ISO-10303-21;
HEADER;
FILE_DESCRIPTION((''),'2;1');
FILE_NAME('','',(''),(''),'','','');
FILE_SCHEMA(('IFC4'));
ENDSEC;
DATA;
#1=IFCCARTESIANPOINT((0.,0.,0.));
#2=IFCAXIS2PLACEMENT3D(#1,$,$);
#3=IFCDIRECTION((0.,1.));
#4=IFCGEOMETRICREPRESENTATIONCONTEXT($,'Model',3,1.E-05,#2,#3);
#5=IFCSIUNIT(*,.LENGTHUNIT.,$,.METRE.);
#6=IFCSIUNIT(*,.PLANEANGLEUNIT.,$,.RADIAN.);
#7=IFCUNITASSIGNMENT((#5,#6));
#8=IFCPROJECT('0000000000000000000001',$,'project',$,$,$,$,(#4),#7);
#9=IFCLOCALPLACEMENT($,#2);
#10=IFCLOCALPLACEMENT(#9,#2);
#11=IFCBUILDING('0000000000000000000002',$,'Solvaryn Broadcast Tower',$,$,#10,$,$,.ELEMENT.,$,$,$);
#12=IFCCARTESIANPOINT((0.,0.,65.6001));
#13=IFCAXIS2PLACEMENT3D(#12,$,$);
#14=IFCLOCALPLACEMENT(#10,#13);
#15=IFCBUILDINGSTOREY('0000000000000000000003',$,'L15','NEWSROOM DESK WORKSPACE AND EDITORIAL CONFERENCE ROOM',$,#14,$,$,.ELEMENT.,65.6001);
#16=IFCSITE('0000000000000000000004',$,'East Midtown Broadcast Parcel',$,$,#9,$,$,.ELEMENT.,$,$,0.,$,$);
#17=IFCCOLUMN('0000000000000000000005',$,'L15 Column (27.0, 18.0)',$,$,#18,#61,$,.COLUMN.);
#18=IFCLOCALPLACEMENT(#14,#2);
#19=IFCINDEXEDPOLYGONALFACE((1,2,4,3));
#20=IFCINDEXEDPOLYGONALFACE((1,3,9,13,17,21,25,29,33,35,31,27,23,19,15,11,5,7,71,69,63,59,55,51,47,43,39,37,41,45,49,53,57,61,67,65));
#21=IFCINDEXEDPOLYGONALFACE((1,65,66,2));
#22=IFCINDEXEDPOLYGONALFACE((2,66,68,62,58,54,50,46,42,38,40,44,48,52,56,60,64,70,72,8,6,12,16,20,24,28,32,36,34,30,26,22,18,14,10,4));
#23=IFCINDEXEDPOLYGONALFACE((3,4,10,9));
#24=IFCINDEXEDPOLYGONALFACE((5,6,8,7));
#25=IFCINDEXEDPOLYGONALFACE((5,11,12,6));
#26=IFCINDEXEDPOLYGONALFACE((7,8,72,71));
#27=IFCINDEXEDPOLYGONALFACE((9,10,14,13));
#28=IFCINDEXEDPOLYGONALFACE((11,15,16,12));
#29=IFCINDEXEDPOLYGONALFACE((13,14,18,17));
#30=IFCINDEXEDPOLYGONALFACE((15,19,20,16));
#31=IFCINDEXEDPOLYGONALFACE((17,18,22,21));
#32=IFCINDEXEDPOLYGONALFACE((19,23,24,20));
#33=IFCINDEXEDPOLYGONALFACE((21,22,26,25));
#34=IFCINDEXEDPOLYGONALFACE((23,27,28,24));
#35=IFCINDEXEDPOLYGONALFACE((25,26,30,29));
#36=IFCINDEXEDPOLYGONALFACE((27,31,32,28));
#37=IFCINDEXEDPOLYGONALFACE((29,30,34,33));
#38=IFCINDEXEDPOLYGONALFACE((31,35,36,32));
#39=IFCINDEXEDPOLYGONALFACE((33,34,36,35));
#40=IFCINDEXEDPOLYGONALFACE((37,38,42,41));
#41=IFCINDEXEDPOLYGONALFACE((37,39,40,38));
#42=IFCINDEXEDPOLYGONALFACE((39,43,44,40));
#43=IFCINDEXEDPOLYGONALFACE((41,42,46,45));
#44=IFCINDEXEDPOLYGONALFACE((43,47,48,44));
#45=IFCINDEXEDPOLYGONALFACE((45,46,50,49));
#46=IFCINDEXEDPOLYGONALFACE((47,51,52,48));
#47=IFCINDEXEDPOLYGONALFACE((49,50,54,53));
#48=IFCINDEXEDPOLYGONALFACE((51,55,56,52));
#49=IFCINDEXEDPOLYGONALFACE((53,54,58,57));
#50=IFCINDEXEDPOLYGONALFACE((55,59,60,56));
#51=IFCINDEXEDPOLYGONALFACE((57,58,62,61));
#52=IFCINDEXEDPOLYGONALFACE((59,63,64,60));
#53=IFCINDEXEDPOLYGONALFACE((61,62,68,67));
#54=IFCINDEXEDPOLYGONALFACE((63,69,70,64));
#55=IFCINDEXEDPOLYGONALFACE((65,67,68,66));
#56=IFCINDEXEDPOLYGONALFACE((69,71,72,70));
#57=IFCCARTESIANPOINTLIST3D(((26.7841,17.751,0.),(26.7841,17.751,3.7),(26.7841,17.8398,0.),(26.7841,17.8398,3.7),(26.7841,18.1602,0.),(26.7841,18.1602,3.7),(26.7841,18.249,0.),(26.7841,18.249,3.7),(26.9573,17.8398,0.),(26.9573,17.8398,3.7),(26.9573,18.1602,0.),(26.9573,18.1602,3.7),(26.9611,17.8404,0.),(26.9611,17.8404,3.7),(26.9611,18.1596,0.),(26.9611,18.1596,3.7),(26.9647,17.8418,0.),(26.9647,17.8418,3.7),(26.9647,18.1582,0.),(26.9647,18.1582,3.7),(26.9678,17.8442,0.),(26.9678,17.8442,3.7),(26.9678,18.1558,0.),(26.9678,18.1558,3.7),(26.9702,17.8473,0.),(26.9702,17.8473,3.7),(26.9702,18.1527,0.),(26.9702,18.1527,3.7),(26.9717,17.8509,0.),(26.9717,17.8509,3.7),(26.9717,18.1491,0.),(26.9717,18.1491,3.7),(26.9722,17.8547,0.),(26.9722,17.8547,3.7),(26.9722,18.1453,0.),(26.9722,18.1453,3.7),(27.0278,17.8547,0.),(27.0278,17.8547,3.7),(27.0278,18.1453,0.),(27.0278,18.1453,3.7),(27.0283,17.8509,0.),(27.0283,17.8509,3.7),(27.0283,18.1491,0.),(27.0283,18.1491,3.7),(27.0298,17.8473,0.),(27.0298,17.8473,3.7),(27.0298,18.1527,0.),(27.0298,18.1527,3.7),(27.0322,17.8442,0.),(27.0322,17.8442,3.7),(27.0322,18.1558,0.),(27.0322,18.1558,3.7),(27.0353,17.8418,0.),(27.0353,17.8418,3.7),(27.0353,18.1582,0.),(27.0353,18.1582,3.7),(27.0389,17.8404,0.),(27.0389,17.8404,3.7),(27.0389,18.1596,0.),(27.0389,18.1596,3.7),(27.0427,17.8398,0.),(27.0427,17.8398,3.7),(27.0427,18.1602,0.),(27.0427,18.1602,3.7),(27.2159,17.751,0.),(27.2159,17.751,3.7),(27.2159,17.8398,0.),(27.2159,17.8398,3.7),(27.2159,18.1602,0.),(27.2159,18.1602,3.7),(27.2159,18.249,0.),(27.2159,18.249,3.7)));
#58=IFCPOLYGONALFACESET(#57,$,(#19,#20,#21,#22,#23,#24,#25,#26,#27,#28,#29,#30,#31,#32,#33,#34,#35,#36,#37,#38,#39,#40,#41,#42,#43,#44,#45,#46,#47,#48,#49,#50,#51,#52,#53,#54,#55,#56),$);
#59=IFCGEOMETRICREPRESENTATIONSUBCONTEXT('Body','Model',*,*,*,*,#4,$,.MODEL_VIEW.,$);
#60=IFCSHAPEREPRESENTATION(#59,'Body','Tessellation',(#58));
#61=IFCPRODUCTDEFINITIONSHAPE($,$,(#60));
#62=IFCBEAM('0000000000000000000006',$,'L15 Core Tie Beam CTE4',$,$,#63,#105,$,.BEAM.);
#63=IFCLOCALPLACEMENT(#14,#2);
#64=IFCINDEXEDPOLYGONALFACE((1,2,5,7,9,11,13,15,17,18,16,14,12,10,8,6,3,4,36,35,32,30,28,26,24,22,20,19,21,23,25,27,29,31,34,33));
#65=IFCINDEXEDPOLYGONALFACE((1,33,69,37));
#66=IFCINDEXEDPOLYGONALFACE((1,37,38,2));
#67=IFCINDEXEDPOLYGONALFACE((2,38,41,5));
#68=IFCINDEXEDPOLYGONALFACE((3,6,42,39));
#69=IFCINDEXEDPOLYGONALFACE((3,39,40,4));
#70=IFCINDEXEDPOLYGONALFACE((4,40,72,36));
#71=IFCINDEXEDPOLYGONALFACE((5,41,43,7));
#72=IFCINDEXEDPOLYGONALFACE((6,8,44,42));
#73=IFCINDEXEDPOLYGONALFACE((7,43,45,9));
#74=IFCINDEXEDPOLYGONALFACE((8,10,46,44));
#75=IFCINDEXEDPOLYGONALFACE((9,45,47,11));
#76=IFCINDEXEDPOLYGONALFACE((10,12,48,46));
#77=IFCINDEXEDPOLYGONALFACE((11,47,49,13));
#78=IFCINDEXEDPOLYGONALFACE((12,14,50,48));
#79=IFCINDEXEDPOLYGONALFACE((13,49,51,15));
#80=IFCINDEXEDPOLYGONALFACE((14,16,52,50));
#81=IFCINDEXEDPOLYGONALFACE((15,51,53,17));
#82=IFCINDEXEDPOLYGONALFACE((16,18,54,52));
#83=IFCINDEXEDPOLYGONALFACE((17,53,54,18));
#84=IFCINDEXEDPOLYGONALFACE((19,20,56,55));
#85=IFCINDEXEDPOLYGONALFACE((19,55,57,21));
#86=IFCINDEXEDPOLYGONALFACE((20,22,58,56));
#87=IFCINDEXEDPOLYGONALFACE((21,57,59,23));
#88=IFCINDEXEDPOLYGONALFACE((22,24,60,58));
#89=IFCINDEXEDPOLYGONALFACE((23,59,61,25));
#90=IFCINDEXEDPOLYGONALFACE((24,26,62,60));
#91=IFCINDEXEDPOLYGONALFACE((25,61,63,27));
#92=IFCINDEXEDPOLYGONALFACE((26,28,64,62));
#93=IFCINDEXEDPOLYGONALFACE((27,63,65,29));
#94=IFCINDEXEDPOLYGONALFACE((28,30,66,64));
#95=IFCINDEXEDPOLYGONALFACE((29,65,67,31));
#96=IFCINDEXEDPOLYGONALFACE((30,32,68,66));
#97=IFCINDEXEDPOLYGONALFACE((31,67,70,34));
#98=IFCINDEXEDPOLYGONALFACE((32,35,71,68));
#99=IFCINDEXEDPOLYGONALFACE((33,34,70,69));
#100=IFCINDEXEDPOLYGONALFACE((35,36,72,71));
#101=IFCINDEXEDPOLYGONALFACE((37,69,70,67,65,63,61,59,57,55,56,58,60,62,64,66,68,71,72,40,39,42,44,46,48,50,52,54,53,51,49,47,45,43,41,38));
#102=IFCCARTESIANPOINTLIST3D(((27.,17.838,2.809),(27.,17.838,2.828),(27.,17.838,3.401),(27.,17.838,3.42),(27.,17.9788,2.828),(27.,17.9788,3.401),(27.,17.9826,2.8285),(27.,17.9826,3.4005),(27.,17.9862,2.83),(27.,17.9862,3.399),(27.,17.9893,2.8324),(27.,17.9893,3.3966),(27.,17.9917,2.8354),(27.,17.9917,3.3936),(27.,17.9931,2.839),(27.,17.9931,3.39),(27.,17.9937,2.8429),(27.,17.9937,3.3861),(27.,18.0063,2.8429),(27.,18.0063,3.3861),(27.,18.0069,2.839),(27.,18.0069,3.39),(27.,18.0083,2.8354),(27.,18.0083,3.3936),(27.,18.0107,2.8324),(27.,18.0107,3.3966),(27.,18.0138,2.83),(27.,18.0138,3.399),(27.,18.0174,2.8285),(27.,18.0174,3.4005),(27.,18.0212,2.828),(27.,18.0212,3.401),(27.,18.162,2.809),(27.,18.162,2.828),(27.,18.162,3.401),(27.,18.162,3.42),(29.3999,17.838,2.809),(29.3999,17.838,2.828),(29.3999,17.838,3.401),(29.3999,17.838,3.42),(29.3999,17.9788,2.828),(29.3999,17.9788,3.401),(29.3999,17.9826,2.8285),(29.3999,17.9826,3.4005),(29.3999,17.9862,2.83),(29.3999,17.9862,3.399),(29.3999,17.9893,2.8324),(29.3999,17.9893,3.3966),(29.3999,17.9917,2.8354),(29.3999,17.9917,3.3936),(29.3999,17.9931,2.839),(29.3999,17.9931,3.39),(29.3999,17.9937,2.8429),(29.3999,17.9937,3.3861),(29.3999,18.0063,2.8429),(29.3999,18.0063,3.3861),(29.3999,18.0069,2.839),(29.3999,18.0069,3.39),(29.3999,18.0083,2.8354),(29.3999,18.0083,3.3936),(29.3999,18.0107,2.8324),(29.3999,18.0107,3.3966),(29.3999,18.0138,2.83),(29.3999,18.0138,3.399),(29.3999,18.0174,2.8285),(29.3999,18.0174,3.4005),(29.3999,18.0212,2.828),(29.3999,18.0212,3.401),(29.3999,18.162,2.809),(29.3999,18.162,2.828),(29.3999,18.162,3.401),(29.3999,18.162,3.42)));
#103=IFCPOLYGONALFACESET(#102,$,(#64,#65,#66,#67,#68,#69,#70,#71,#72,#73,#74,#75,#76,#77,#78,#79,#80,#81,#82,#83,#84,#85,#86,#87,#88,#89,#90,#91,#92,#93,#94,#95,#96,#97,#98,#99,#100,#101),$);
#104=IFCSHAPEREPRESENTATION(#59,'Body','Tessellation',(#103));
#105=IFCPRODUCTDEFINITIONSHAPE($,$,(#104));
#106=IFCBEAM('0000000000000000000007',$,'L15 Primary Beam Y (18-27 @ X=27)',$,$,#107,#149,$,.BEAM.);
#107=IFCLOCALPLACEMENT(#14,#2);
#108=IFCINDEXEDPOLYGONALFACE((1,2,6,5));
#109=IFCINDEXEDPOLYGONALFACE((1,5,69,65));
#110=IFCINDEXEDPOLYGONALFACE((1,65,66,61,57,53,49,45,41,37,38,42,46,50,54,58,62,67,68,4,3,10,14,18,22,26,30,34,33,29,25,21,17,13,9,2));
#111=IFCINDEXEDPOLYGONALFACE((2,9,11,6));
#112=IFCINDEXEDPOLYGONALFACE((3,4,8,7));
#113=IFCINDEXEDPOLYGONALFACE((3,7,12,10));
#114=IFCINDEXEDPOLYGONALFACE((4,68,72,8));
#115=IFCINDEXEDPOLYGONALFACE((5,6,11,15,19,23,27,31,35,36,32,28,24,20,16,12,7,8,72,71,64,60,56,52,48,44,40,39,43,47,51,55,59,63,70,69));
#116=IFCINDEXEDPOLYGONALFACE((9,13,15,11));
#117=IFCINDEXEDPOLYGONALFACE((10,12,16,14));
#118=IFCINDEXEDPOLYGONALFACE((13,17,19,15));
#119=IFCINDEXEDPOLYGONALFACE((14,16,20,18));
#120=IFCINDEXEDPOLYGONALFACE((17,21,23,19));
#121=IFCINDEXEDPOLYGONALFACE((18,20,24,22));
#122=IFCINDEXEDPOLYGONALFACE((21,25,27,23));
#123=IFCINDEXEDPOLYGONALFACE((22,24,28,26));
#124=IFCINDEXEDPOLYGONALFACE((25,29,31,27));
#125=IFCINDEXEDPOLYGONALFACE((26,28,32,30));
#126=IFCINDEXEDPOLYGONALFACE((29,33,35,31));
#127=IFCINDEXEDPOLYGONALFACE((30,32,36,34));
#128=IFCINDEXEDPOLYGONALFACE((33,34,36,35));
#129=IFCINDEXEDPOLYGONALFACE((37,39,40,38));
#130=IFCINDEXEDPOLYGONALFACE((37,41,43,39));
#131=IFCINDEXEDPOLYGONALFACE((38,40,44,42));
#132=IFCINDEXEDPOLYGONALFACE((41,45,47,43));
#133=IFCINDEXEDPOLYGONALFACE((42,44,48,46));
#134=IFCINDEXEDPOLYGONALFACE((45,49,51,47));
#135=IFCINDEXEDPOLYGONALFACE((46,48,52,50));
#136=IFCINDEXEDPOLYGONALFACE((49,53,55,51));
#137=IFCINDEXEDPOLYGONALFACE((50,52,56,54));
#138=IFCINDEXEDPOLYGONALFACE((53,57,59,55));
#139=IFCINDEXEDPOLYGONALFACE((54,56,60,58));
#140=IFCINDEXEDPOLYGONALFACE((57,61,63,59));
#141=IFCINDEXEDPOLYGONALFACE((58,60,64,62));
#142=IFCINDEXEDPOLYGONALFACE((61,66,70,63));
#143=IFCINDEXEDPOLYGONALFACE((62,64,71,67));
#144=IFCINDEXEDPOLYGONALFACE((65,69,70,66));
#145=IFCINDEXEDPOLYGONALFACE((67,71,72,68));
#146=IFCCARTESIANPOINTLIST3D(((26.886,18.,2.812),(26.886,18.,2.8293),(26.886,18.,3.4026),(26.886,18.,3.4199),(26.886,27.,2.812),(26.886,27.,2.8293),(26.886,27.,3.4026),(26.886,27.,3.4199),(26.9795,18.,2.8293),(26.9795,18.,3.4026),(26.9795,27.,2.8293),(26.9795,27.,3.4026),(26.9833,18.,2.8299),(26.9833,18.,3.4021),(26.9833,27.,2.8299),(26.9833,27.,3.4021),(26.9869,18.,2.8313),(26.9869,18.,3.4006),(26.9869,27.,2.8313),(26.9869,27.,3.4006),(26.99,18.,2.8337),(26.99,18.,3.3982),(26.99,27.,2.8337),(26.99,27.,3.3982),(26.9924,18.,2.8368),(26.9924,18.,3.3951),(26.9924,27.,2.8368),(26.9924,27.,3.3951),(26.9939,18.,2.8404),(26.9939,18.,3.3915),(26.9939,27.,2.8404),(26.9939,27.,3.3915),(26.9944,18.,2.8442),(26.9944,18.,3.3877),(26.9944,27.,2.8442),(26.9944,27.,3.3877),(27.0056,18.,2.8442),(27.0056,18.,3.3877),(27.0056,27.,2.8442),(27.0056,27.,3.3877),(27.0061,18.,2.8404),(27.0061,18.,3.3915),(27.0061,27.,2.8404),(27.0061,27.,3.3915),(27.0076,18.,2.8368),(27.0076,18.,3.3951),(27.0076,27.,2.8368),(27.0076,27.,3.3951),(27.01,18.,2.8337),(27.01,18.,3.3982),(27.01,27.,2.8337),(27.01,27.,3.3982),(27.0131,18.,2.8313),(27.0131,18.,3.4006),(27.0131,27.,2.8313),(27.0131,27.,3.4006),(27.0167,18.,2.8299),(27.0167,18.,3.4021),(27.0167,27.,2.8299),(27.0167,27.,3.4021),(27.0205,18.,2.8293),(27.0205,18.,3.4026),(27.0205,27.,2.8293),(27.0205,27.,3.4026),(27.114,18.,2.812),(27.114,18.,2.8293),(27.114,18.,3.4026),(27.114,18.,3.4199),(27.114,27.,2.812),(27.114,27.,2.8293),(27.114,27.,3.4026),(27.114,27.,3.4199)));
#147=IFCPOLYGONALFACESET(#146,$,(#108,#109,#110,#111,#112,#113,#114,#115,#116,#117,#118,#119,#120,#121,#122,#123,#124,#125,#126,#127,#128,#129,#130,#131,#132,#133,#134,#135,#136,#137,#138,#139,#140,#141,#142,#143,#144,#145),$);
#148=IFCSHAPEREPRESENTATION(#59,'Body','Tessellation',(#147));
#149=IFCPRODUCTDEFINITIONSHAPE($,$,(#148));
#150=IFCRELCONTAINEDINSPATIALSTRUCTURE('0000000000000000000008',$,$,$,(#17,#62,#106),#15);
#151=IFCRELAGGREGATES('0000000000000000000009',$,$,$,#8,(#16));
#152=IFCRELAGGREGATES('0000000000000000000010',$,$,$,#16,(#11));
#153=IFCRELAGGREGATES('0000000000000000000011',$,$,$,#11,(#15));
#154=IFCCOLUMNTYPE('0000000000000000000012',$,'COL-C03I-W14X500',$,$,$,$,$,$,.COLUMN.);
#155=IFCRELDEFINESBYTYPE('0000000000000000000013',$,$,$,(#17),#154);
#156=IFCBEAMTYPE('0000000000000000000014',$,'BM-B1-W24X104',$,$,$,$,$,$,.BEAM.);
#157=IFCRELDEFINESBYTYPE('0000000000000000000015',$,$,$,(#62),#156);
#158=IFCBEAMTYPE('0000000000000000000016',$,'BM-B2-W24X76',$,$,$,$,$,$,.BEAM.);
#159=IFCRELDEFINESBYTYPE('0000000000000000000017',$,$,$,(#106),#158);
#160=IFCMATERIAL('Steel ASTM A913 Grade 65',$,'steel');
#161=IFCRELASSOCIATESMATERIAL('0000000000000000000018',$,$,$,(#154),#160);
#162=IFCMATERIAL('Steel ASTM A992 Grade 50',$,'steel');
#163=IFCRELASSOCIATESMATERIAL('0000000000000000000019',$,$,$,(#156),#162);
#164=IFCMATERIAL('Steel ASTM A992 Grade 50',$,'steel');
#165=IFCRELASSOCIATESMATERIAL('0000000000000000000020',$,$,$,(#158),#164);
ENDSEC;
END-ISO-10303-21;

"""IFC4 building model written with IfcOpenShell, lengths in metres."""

from ifc_helpers import new_model, si_unit, direction, frame, origin, origin_2d, place, context, subcontext, project, spatial, i_section, extrude, material, material_profile, profile_set, type_object, element, save


model = new_model("IFC4")

# Units and contexts
model_context = context("Model", 3, precision=1e-05, world=origin(), true_north=direction((0.0, 1.0)))
body_context = subcontext(model_context, "Body", "Model", "MODEL_VIEW")
ifc_project = project(units=[si_unit("LENGTHUNIT", "METRE"), si_unit("PLANEANGLEUNIT", "RADIAN")], contexts=[model_context])

# Site, building, storey
site_placement = place(None, origin())
site = spatial("IfcSite", under=ifc_project, at=site_placement, Name="East Midtown Broadcast Parcel", CompositionType="ELEMENT", RefElevation=0.0)
building_placement = place(site_placement, origin())
building = spatial("IfcBuilding", under=site, at=building_placement, Name="Solvaryn Broadcast Tower", CompositionType="ELEMENT")
storey_placement = place(building_placement, frame((0.0, 0.0, 65.6001)))
storey = spatial("IfcBuildingStorey", under=building, at=storey_placement, Name="L15", Description="NEWSROOM DESK WORKSPACE AND EDITORIAL CONFERENCE ROOM", CompositionType="ELEMENT", Elevation=65.6001)

# Column
ifc_material_1 = material(Name="Steel ASTM A913 Grade 65", Category="steel")
ifc_material_profile_1 = material_profile(ifc_material_1, i_section(OverallWidth=0.4319, OverallDepth=0.498, WebThickness=0.0557, FlangeThickness=0.0889, FilletRadius=0.0149, at=origin_2d()))
ifc_profile_set_1 = profile_set([ifc_material_profile_1], Name="Steel ASTM A913 Grade 65")
column_type = type_object("IfcColumnType", Name="COL-C03I-W14X500", PredefinedType="COLUMN", material=ifc_profile_set_1)
column_placement = place(storey_placement, frame((27.0, 18.0, 0.0), z_axis=(0.0, 0.0, 1.0), x_axis=(1.0, 0.0, 0.0)))
element("IfcColumn", 1, at=column_placement, inside=storey, type_object=column_type, Name="L15 Column (27.0, 18.0)", PredefinedType="COLUMN", context=body_context, shape_type="SweptSolid", body=[
    extrude(i_section(OverallWidth=0.4319, OverallDepth=0.498, WebThickness=0.0557, FlangeThickness=0.0889, FilletRadius=0.0149, at=origin_2d()), origin(), (0.0, 0.0, 1.0), 3.7),
])

# Beams
ifc_material_2 = material(Name="Steel ASTM A992 Grade 50", Category="steel")
ifc_material_profile_2 = material_profile(ifc_material_2, i_section(OverallWidth=0.324, OverallDepth=0.6111, WebThickness=0.0127, FlangeThickness=0.019, FilletRadius=0.0149, at=origin_2d()))
ifc_profile_set_2 = profile_set([ifc_material_profile_2], Name="Steel ASTM A992 Grade 50")
beam_type_1 = type_object("IfcBeamType", Name="BM-B1-W24X104", PredefinedType="BEAM", material=ifc_profile_set_2)
beam_1_placement = place(storey_placement, frame((27.0, 18.0, 3.1145), z_axis=(1.0, 0.0, 0.0), x_axis=(0.0, 1.0, 0.0)))
element("IfcBeam", 2, at=beam_1_placement, inside=storey, type_object=beam_type_1, Name="L15 Core Tie Beam CTE4", PredefinedType="BEAM", context=body_context, shape_type="SweptSolid", body=[
    extrude(i_section(OverallWidth=0.324, OverallDepth=0.6111, WebThickness=0.0127, FlangeThickness=0.019, FilletRadius=0.0149, at=origin_2d()), origin(), (0.0, 0.0, 1.0), 2.3999),
])
ifc_material_3 = material(Name="Steel ASTM A992 Grade 50", Category="steel")
ifc_material_profile_3 = material_profile(ifc_material_3, i_section(OverallWidth=0.228, OverallDepth=0.6079, WebThickness=0.0112, FlangeThickness=0.0173, FilletRadius=0.0149, at=origin_2d()))
ifc_profile_set_3 = profile_set([ifc_material_profile_3], Name="Steel ASTM A992 Grade 50")
beam_type_2 = type_object("IfcBeamType", Name="BM-B2-W24X76", PredefinedType="BEAM", material=ifc_profile_set_3)
beam_2_placement = place(storey_placement, frame((27.0, 18.0, 3.116), z_axis=(0.0, 1.0, 0.0), x_axis=(-1.0, 0.0, 0.0)))
element("IfcBeam", 3, at=beam_2_placement, inside=storey, type_object=beam_type_2, Name="L15 Primary Beam Y (18-27 @ X=27)", PredefinedType="BEAM", context=body_context, shape_type="SweptSolid", body=[
    extrude(i_section(OverallWidth=0.228, OverallDepth=0.6079, WebThickness=0.0112, FlangeThickness=0.0173, FilletRadius=0.0149, at=origin_2d()), origin(), (0.0, 0.0, 1.0), 9.0),
])

save(model, "model.ifc")
